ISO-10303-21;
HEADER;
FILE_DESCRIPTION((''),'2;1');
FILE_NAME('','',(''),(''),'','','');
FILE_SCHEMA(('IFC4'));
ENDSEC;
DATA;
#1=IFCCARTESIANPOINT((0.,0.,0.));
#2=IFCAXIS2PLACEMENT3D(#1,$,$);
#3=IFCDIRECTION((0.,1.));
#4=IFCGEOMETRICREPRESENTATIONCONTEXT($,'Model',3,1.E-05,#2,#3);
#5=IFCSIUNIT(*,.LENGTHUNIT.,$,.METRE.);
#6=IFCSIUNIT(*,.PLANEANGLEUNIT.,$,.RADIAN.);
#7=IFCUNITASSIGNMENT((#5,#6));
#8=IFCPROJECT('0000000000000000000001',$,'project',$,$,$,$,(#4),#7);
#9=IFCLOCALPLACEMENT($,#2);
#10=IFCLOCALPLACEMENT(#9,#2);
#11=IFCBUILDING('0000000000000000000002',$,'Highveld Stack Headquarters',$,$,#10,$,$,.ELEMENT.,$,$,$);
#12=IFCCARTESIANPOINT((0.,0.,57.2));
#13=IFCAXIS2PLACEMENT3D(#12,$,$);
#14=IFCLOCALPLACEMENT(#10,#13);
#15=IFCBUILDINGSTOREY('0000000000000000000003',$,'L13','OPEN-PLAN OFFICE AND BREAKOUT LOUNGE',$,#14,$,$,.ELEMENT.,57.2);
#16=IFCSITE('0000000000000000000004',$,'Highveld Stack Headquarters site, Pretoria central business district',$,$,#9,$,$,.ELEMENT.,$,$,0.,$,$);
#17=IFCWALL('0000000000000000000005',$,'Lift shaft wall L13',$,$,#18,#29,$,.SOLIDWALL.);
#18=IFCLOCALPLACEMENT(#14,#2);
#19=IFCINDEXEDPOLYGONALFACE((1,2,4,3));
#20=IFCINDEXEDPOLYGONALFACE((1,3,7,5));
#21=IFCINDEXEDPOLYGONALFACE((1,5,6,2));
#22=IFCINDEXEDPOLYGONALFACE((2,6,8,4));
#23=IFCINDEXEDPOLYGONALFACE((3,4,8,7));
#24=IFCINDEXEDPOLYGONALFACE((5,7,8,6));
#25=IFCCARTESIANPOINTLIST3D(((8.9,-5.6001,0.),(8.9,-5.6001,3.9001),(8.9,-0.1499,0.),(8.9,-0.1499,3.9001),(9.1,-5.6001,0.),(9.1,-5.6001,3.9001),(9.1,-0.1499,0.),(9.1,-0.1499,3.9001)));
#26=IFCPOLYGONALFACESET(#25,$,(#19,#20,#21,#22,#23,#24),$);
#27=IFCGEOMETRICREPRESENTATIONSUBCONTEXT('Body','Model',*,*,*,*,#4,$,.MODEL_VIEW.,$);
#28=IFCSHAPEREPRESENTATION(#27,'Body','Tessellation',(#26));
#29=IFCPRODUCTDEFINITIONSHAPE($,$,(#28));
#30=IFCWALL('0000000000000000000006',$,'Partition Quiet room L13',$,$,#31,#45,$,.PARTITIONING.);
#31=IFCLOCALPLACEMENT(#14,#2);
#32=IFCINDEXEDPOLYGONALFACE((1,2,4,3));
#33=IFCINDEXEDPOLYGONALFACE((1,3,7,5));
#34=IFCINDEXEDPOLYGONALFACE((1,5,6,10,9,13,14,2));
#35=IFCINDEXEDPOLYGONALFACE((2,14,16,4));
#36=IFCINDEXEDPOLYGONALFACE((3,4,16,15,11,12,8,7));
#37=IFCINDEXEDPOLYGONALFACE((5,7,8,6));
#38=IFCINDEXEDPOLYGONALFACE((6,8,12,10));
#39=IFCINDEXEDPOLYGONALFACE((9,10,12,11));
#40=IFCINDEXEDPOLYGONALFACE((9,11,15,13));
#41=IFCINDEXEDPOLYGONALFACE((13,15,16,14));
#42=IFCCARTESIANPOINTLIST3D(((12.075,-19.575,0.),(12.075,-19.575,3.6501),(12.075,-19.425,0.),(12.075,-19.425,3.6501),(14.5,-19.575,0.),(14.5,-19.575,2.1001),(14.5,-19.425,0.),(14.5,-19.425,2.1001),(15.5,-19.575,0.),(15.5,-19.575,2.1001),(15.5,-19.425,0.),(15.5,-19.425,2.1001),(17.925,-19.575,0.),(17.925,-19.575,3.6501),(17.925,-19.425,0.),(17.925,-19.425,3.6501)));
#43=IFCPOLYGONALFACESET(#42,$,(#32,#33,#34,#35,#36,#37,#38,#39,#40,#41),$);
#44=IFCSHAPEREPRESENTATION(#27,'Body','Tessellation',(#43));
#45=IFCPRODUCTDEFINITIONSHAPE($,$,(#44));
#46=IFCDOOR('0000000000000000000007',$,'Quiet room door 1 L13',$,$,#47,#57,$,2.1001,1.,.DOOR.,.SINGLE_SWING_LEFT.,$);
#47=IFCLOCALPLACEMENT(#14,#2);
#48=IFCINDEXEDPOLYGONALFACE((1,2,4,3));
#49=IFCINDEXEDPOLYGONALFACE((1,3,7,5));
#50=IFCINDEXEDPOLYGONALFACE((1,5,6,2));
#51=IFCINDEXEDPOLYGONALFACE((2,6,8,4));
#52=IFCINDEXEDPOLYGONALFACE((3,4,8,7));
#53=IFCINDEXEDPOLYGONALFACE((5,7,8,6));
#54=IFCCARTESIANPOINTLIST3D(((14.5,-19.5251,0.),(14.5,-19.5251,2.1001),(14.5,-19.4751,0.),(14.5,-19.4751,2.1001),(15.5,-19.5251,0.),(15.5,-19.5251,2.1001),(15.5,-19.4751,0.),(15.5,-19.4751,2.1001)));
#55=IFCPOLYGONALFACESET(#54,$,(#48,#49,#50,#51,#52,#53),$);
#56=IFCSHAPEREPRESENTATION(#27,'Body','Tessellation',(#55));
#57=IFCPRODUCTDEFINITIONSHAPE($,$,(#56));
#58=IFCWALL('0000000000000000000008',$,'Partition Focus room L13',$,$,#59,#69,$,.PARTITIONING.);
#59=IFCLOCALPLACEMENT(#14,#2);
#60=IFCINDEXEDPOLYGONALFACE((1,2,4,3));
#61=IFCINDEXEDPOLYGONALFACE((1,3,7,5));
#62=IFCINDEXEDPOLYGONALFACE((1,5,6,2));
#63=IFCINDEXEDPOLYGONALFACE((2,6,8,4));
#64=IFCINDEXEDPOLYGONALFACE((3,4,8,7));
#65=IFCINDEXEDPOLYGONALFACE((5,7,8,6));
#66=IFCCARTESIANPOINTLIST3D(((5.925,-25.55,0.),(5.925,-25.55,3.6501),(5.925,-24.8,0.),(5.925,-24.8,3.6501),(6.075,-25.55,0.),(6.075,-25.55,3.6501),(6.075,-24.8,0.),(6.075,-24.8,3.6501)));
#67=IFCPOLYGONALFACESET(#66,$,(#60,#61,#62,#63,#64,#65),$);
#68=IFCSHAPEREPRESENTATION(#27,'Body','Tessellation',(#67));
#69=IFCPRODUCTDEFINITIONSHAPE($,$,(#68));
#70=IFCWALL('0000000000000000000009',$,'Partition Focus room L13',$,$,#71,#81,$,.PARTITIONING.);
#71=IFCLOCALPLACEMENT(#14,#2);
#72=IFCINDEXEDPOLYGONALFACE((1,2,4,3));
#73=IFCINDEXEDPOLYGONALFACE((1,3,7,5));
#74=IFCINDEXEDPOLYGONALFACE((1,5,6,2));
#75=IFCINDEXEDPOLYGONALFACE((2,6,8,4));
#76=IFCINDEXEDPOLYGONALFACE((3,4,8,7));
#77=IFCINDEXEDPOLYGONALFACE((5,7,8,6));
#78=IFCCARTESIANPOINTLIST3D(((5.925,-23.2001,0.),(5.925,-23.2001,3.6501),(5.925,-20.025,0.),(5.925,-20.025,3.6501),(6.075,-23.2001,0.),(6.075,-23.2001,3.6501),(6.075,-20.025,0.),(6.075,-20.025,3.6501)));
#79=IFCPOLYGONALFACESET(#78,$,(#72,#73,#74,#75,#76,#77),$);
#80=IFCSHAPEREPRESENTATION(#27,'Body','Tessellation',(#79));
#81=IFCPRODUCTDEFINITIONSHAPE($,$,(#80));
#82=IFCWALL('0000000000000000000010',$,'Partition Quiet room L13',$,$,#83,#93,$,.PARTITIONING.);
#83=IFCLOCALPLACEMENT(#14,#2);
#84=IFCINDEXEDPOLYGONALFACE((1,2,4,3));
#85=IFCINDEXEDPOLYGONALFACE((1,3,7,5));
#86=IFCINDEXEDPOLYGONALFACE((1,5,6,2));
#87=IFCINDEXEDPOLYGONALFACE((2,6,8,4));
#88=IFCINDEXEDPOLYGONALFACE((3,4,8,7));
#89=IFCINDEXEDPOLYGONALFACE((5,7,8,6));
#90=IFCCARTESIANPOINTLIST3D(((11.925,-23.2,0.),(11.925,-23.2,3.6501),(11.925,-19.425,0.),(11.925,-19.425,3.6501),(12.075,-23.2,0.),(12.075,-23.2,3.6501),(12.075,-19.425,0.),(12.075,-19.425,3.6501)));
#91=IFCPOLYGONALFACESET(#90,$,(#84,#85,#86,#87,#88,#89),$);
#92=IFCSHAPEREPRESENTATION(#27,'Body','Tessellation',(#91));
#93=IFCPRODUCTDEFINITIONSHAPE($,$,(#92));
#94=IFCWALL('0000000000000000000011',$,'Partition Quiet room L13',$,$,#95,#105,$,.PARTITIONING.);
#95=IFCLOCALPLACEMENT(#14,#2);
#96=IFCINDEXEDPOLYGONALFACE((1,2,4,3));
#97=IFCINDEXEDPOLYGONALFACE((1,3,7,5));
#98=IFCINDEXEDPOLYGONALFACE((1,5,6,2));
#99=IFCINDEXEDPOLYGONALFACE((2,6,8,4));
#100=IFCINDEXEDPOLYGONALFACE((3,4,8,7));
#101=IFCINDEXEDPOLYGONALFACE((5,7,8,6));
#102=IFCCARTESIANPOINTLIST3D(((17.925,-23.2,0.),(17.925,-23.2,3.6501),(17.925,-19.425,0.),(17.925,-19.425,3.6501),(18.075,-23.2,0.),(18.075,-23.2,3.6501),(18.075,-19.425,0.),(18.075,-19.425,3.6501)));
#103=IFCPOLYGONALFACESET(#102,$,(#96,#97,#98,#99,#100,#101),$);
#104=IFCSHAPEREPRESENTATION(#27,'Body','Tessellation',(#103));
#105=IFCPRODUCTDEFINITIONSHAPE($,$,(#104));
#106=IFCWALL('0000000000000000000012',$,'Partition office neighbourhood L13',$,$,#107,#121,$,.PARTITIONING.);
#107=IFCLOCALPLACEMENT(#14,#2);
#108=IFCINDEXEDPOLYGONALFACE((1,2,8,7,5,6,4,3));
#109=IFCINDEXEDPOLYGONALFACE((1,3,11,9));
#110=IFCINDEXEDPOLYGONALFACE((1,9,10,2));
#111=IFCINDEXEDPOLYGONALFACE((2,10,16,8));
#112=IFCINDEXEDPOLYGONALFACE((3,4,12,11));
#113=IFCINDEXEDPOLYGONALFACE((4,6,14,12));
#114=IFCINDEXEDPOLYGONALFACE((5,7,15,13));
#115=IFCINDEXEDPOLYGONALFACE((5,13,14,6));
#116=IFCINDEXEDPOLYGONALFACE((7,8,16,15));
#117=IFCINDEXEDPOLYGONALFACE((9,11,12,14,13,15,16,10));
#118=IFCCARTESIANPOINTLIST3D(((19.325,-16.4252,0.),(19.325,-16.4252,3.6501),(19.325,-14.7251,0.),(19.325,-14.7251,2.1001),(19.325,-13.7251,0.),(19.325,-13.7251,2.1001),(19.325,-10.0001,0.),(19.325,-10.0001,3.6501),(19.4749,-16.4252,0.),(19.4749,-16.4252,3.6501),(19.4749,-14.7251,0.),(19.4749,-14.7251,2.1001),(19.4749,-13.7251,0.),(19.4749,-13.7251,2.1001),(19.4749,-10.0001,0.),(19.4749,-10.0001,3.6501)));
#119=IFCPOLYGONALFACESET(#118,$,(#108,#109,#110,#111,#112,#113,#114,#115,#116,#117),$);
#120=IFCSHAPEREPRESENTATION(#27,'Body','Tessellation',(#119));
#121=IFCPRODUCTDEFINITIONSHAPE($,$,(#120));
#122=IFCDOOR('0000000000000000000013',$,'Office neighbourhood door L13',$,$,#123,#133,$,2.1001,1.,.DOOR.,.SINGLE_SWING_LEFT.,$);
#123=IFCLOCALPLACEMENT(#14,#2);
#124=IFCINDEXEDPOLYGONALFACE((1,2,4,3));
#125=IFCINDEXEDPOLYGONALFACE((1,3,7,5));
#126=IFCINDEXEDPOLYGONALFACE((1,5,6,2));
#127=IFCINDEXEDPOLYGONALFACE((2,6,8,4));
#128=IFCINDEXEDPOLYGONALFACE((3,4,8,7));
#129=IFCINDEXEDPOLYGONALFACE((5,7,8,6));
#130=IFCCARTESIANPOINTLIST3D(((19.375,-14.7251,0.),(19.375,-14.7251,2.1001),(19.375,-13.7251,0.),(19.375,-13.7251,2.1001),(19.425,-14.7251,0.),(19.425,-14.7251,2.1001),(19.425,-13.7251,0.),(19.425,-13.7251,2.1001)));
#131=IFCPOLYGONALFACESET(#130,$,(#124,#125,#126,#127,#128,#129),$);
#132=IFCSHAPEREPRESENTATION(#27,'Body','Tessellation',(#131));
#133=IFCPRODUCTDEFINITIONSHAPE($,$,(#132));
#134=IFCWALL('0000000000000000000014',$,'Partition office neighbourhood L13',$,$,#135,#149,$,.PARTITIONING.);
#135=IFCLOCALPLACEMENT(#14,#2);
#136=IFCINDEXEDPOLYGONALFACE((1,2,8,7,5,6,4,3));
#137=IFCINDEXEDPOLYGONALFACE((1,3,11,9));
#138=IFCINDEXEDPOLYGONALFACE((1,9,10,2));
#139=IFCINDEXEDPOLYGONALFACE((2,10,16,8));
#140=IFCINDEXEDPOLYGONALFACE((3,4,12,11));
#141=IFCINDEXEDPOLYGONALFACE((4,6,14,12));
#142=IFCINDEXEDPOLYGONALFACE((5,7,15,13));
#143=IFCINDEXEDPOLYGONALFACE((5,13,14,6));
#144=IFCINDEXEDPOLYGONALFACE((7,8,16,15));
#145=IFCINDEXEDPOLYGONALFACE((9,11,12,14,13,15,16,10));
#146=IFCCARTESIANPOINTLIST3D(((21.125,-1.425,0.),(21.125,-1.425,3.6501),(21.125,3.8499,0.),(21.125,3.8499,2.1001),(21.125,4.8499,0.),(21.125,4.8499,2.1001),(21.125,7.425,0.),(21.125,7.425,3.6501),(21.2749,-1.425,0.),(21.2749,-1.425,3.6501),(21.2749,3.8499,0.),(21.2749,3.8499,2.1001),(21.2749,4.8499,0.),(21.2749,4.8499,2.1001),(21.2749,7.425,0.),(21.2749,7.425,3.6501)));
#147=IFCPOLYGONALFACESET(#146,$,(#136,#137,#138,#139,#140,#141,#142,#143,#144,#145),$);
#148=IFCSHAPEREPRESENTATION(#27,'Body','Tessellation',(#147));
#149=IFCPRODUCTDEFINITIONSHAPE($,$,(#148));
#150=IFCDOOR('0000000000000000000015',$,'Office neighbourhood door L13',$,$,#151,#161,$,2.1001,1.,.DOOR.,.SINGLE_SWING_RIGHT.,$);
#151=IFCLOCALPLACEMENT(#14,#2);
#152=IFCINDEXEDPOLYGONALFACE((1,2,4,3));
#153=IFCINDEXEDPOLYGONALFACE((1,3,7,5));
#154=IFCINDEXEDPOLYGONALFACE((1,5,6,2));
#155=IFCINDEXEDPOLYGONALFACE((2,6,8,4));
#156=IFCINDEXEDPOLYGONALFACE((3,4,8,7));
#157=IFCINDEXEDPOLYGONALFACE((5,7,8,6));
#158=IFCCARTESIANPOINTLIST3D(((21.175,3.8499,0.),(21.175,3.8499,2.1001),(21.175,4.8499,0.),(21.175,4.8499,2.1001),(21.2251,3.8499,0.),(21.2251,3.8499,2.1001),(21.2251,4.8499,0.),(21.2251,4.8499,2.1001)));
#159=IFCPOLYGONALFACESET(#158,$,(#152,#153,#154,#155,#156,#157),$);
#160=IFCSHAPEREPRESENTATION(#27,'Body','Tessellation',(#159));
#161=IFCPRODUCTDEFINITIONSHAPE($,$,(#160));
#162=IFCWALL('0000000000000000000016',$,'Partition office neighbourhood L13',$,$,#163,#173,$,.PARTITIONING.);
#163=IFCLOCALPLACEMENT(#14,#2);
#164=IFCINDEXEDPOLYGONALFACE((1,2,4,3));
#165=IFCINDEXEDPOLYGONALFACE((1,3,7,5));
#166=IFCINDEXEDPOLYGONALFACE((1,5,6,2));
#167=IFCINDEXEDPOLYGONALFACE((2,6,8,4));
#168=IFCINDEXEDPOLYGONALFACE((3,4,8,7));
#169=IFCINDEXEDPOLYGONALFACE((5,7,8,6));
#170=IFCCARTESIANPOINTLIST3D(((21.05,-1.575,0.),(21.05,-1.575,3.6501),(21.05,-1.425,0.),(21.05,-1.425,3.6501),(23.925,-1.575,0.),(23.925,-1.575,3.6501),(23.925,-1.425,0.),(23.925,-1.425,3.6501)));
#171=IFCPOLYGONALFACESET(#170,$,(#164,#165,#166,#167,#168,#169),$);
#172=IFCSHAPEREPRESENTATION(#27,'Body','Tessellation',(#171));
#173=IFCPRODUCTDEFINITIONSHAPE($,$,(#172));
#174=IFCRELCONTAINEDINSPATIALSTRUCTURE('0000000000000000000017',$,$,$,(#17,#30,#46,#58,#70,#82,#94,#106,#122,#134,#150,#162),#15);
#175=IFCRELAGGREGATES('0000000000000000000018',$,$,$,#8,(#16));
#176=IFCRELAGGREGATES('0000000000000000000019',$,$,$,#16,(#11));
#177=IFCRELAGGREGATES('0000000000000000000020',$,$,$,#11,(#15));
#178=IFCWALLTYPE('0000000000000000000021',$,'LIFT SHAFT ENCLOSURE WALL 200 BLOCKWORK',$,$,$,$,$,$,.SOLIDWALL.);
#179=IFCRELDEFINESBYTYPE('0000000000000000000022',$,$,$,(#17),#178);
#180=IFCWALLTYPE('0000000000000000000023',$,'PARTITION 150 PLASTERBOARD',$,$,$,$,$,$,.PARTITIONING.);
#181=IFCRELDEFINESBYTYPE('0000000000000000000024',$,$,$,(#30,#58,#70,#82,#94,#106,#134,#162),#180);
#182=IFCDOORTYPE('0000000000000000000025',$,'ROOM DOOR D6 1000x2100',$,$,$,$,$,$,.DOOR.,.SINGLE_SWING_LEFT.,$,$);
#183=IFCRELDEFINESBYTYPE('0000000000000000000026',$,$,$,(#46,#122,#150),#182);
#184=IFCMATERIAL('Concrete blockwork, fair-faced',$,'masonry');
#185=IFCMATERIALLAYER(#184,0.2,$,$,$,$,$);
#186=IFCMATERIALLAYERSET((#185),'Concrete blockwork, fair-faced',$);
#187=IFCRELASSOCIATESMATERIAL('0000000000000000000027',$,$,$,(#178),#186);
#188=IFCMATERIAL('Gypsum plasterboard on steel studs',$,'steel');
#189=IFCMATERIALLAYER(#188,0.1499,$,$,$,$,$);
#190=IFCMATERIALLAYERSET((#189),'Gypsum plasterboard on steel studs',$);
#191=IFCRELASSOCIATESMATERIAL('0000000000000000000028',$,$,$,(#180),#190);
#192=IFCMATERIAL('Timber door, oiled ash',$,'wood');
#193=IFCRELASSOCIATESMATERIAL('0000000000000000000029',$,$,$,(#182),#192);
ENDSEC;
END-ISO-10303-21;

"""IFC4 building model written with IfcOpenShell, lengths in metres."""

from ifc_helpers import new_model, si_unit, direction, frame, frame_2d, origin, place, context, subcontext, project, spatial, rectangle, extrude, material, layer, layer_set, type_object, element, fill, save


model = new_model("IFC4")

# Units and contexts
model_context = context("Model", 3, precision=1e-05, world=origin(), true_north=direction((0.0, 1.0)))
body_context = subcontext(model_context, "Body", "Model", "MODEL_VIEW")
ifc_project = project(units=[si_unit("LENGTHUNIT", "METRE"), si_unit("PLANEANGLEUNIT", "RADIAN")], contexts=[model_context])

# Site, building, storey
site_placement = place(None, origin())
site = spatial("IfcSite", under=ifc_project, at=site_placement, Name="Highveld Stack Headquarters site, Pretoria central business district", CompositionType="ELEMENT", RefElevation=0.0)
building_placement = place(site_placement, origin())
building = spatial("IfcBuilding", under=site, at=building_placement, Name="Highveld Stack Headquarters", CompositionType="ELEMENT")
storey_placement = place(building_placement, frame((0.0, 0.0, 57.2)))
storey = spatial("IfcBuildingStorey", under=building, at=storey_placement, Name="L13", Description="OPEN-PLAN OFFICE AND BREAKOUT LOUNGE", CompositionType="ELEMENT", Elevation=57.2)

# Wall
ifc_material_1 = material(Name="Concrete blockwork, fair-faced", Category="masonry")
ifc_layer_1 = layer(ifc_material_1, 0.2)
ifc_layer_set_1 = layer_set([ifc_layer_1], Name="Concrete blockwork, fair-faced")
wall_type_1 = type_object("IfcWallType", Name="LIFT SHAFT ENCLOSURE WALL 200 BLOCKWORK", PredefinedType="SOLIDWALL", material=ifc_layer_set_1)
wall_1_placement = place(storey_placement, frame((9.0, -5.6001, 0.0), z_axis=(0.0, 0.0, 1.0), x_axis=(0.0, 1.0, 0.0)))
element("IfcWall", 1, at=wall_1_placement, inside=storey, type_object=wall_type_1, Name="Lift shaft wall L13", PredefinedType="SOLIDWALL", context=body_context, shape_type="SweptSolid", body=[
    extrude(rectangle(XDim=5.4502, YDim=0.2, at=frame_2d((2.7251, 0.0))), origin(), (0.0, 0.0, 1.0), 3.9001),
])

# Wall, opening, door
ifc_material_2 = material(Name="Gypsum plasterboard on steel studs", Category="steel")
ifc_layer_2 = layer(ifc_material_2, 0.1499)
ifc_layer_set_2 = layer_set([ifc_layer_2], Name="Gypsum plasterboard on steel studs")
wall_type_2 = type_object("IfcWallType", Name="PARTITION 150 PLASTERBOARD", PredefinedType="PARTITIONING", material=ifc_layer_set_2)
wall_2_placement = place(storey_placement, frame((12.075, -19.5, 0.0), z_axis=(0.0, 0.0, 1.0), x_axis=(1.0, 0.0, 0.0)))
wall_2 = element("IfcWall", 2, at=wall_2_placement, inside=storey, type_object=wall_type_2, Name="Partition Quiet room L13", PredefinedType="PARTITIONING", context=body_context, shape_type="SweptSolid", body=[
    extrude(rectangle(XDim=5.8501, YDim=0.1499, at=frame_2d((2.925, 0.0))), origin(), (0.0, 0.0, 1.0), 3.6501),
])
opening_1_placement = place(wall_2_placement, frame((2.425, 0.0, 0.0)))
opening_1 = element("IfcOpeningElement", 3, at=opening_1_placement, cuts=wall_2, PredefinedType="OPENING", context=body_context, shape_type="SweptSolid", body=[
    extrude(rectangle(XDim=1.0, YDim=2.1001, at=frame_2d((0.5, 1.05))), frame((0.0, 0.085, 0.0), z_axis=(0.0, -1.0, 0.0), x_axis=(1.0, 0.0, 0.0)), (0.0, 0.0, 1.0), 0.1699),
])
ifc_material_3 = material(Name="Timber door, oiled ash", Category="wood")
door_type_1 = type_object("IfcDoorType", Name="ROOM DOOR D6 1000x2100", OperationType="SINGLE_SWING_LEFT", PredefinedType="DOOR", material=ifc_material_3)
door_1_placement = place(opening_1_placement, origin())
door_1 = element("IfcDoor", 4, at=door_1_placement, inside=storey, type_object=door_type_1, Name="Quiet room door 1 L13", OperationType="SINGLE_SWING_LEFT", OverallHeight=2.1001, OverallWidth=1.0, PredefinedType="DOOR", context=body_context, shape_type="SweptSolid", body=[
    extrude(rectangle(XDim=1.0, YDim=2.1001, at=frame_2d((0.5, 1.05))), frame((0.0, 0.0249, 0.0), z_axis=(0.0, -1.0, 0.0), x_axis=(1.0, 0.0, 0.0)), (0.0, 0.0, 1.0), 0.05),
])
fill(opening_1, door_1)

# Walls
wall_3_placement = place(storey_placement, frame((6.0, -25.55, 0.0), z_axis=(0.0, 0.0, 1.0), x_axis=(0.0, 1.0, 0.0)))
element("IfcWall", 5, at=wall_3_placement, inside=storey, type_object=wall_type_2, Name="Partition Focus room L13", PredefinedType="PARTITIONING", context=body_context, shape_type="SweptSolid", body=[
    extrude(rectangle(XDim=0.75, YDim=0.1499, at=frame_2d((0.375, 0.0))), origin(), (0.0, 0.0, 1.0), 3.6501),
])
wall_4_placement = place(storey_placement, frame((6.0, -23.2, 0.0), z_axis=(0.0, 0.0, 1.0), x_axis=(0.0, 1.0, 0.0)))
element("IfcWall", 6, at=wall_4_placement, inside=storey, type_object=wall_type_2, Name="Partition Focus room L13", PredefinedType="PARTITIONING", context=body_context, shape_type="SweptSolid", body=[
    extrude(rectangle(XDim=3.175, YDim=0.1499, at=frame_2d((1.5874, 0.0))), origin(), (0.0, 0.0, 1.0), 3.6501),
])
for number, where, z_axis, x_axis, name in (
    (7, (12.0, -23.2, 0.0), (0.0, 0.0, 1.0), (0.0, 1.0, 0.0), "Partition Quiet room L13"),
    (8, (18.0, -23.2, 0.0), (0.0, 0.0, 1.0), (0.0, 1.0, 0.0), "Partition Quiet room L13"),
):
    element("IfcWall", number, at=place(storey_placement, frame(where, z_axis=z_axis, x_axis=x_axis)), inside=storey, type_object=wall_type_2, Name=name, PredefinedType="PARTITIONING", context=body_context, shape_type="SweptSolid", body=[
        extrude(rectangle(XDim=3.7749, YDim=0.1499, at=frame_2d((1.8875, 0.0))), origin(), (0.0, 0.0, 1.0), 3.6501),
    ])

# Walls, openings, doors
wall_5_placement = place(storey_placement, frame((19.3999, -16.425, 0.0), z_axis=(0.0, 0.0, 1.0), x_axis=(0.0, 1.0, 0.0)))
wall_5 = element("IfcWall", 9, at=wall_5_placement, inside=storey, type_object=wall_type_2, Name="Partition office neighbourhood L13", PredefinedType="PARTITIONING", context=body_context, shape_type="SweptSolid", body=[
    extrude(rectangle(XDim=6.425, YDim=0.1499, at=frame_2d((3.2124, 0.0))), origin(), (0.0, 0.0, 1.0), 3.6501),
])
opening_2_placement = place(wall_5_placement, frame((1.7, 0.0, 0.0)))
opening_2 = element("IfcOpeningElement", 10, at=opening_2_placement, cuts=wall_5, PredefinedType="OPENING", context=body_context, shape_type="SweptSolid", body=[
    extrude(rectangle(XDim=1.0, YDim=2.1001, at=frame_2d((0.5, 1.05))), frame((0.0, 0.085, 0.0), z_axis=(0.0, -1.0, 0.0), x_axis=(1.0, 0.0, 0.0)), (0.0, 0.0, 1.0), 0.1699),
])
door_2_placement = place(opening_2_placement, origin())
door_2 = element("IfcDoor", 11, at=door_2_placement, inside=storey, type_object=door_type_1, Name="Office neighbourhood door L13", OperationType="SINGLE_SWING_LEFT", OverallHeight=2.1001, OverallWidth=1.0, PredefinedType="DOOR", context=body_context, shape_type="SweptSolid", body=[
    extrude(rectangle(XDim=1.0, YDim=2.1001, at=frame_2d((0.5, 1.05))), frame((0.0, 0.0249, 0.0), z_axis=(0.0, -1.0, 0.0), x_axis=(1.0, 0.0, 0.0)), (0.0, 0.0, 1.0), 0.05),
])
fill(opening_2, door_2)
wall_6_placement = place(storey_placement, frame((21.2, -1.425, 0.0), z_axis=(0.0, 0.0, 1.0), x_axis=(0.0, 1.0, 0.0)))
wall_6 = element("IfcWall", 12, at=wall_6_placement, inside=storey, type_object=wall_type_2, Name="Partition office neighbourhood L13", PredefinedType="PARTITIONING", context=body_context, shape_type="SweptSolid", body=[
    extrude(rectangle(XDim=8.8501, YDim=0.1499, at=frame_2d((4.425, 0.0))), origin(), (0.0, 0.0, 1.0), 3.6501),
])
opening_3_placement = place(wall_6_placement, frame((5.2749, 0.0, 0.0)))
opening_3 = element("IfcOpeningElement", 13, at=opening_3_placement, cuts=wall_6, PredefinedType="OPENING", context=body_context, shape_type="SweptSolid", body=[
    extrude(rectangle(XDim=1.0, YDim=2.1001, at=frame_2d((0.5, 1.05))), frame((0.0, 0.085, 0.0), z_axis=(0.0, -1.0, 0.0), x_axis=(1.0, 0.0, 0.0)), (0.0, 0.0, 1.0), 0.1699),
])
door_3_placement = place(opening_3_placement, origin())
door_3 = element("IfcDoor", 14, at=door_3_placement, inside=storey, type_object=door_type_1, Name="Office neighbourhood door L13", OperationType="SINGLE_SWING_RIGHT", OverallHeight=2.1001, OverallWidth=1.0, PredefinedType="DOOR", context=body_context, shape_type="SweptSolid", body=[
    extrude(rectangle(XDim=1.0, YDim=2.1001, at=frame_2d((0.5, 1.05))), frame((0.0, 0.0249, 0.0), z_axis=(0.0, -1.0, 0.0), x_axis=(1.0, 0.0, 0.0)), (0.0, 0.0, 1.0), 0.05),
])
fill(opening_3, door_3)

# Wall
wall_7_placement = place(storey_placement, frame((21.05, -1.5, 0.0), z_axis=(0.0, 0.0, 1.0), x_axis=(1.0, 0.0, 0.0)))
element("IfcWall", 15, at=wall_7_placement, inside=storey, type_object=wall_type_2, Name="Partition office neighbourhood L13", PredefinedType="PARTITIONING", context=body_context, shape_type="SweptSolid", body=[
    extrude(rectangle(XDim=2.875, YDim=0.1499, at=frame_2d((1.4375, 0.0))), origin(), (0.0, 0.0, 1.0), 3.6501),
])

save(model, "model.ifc")
